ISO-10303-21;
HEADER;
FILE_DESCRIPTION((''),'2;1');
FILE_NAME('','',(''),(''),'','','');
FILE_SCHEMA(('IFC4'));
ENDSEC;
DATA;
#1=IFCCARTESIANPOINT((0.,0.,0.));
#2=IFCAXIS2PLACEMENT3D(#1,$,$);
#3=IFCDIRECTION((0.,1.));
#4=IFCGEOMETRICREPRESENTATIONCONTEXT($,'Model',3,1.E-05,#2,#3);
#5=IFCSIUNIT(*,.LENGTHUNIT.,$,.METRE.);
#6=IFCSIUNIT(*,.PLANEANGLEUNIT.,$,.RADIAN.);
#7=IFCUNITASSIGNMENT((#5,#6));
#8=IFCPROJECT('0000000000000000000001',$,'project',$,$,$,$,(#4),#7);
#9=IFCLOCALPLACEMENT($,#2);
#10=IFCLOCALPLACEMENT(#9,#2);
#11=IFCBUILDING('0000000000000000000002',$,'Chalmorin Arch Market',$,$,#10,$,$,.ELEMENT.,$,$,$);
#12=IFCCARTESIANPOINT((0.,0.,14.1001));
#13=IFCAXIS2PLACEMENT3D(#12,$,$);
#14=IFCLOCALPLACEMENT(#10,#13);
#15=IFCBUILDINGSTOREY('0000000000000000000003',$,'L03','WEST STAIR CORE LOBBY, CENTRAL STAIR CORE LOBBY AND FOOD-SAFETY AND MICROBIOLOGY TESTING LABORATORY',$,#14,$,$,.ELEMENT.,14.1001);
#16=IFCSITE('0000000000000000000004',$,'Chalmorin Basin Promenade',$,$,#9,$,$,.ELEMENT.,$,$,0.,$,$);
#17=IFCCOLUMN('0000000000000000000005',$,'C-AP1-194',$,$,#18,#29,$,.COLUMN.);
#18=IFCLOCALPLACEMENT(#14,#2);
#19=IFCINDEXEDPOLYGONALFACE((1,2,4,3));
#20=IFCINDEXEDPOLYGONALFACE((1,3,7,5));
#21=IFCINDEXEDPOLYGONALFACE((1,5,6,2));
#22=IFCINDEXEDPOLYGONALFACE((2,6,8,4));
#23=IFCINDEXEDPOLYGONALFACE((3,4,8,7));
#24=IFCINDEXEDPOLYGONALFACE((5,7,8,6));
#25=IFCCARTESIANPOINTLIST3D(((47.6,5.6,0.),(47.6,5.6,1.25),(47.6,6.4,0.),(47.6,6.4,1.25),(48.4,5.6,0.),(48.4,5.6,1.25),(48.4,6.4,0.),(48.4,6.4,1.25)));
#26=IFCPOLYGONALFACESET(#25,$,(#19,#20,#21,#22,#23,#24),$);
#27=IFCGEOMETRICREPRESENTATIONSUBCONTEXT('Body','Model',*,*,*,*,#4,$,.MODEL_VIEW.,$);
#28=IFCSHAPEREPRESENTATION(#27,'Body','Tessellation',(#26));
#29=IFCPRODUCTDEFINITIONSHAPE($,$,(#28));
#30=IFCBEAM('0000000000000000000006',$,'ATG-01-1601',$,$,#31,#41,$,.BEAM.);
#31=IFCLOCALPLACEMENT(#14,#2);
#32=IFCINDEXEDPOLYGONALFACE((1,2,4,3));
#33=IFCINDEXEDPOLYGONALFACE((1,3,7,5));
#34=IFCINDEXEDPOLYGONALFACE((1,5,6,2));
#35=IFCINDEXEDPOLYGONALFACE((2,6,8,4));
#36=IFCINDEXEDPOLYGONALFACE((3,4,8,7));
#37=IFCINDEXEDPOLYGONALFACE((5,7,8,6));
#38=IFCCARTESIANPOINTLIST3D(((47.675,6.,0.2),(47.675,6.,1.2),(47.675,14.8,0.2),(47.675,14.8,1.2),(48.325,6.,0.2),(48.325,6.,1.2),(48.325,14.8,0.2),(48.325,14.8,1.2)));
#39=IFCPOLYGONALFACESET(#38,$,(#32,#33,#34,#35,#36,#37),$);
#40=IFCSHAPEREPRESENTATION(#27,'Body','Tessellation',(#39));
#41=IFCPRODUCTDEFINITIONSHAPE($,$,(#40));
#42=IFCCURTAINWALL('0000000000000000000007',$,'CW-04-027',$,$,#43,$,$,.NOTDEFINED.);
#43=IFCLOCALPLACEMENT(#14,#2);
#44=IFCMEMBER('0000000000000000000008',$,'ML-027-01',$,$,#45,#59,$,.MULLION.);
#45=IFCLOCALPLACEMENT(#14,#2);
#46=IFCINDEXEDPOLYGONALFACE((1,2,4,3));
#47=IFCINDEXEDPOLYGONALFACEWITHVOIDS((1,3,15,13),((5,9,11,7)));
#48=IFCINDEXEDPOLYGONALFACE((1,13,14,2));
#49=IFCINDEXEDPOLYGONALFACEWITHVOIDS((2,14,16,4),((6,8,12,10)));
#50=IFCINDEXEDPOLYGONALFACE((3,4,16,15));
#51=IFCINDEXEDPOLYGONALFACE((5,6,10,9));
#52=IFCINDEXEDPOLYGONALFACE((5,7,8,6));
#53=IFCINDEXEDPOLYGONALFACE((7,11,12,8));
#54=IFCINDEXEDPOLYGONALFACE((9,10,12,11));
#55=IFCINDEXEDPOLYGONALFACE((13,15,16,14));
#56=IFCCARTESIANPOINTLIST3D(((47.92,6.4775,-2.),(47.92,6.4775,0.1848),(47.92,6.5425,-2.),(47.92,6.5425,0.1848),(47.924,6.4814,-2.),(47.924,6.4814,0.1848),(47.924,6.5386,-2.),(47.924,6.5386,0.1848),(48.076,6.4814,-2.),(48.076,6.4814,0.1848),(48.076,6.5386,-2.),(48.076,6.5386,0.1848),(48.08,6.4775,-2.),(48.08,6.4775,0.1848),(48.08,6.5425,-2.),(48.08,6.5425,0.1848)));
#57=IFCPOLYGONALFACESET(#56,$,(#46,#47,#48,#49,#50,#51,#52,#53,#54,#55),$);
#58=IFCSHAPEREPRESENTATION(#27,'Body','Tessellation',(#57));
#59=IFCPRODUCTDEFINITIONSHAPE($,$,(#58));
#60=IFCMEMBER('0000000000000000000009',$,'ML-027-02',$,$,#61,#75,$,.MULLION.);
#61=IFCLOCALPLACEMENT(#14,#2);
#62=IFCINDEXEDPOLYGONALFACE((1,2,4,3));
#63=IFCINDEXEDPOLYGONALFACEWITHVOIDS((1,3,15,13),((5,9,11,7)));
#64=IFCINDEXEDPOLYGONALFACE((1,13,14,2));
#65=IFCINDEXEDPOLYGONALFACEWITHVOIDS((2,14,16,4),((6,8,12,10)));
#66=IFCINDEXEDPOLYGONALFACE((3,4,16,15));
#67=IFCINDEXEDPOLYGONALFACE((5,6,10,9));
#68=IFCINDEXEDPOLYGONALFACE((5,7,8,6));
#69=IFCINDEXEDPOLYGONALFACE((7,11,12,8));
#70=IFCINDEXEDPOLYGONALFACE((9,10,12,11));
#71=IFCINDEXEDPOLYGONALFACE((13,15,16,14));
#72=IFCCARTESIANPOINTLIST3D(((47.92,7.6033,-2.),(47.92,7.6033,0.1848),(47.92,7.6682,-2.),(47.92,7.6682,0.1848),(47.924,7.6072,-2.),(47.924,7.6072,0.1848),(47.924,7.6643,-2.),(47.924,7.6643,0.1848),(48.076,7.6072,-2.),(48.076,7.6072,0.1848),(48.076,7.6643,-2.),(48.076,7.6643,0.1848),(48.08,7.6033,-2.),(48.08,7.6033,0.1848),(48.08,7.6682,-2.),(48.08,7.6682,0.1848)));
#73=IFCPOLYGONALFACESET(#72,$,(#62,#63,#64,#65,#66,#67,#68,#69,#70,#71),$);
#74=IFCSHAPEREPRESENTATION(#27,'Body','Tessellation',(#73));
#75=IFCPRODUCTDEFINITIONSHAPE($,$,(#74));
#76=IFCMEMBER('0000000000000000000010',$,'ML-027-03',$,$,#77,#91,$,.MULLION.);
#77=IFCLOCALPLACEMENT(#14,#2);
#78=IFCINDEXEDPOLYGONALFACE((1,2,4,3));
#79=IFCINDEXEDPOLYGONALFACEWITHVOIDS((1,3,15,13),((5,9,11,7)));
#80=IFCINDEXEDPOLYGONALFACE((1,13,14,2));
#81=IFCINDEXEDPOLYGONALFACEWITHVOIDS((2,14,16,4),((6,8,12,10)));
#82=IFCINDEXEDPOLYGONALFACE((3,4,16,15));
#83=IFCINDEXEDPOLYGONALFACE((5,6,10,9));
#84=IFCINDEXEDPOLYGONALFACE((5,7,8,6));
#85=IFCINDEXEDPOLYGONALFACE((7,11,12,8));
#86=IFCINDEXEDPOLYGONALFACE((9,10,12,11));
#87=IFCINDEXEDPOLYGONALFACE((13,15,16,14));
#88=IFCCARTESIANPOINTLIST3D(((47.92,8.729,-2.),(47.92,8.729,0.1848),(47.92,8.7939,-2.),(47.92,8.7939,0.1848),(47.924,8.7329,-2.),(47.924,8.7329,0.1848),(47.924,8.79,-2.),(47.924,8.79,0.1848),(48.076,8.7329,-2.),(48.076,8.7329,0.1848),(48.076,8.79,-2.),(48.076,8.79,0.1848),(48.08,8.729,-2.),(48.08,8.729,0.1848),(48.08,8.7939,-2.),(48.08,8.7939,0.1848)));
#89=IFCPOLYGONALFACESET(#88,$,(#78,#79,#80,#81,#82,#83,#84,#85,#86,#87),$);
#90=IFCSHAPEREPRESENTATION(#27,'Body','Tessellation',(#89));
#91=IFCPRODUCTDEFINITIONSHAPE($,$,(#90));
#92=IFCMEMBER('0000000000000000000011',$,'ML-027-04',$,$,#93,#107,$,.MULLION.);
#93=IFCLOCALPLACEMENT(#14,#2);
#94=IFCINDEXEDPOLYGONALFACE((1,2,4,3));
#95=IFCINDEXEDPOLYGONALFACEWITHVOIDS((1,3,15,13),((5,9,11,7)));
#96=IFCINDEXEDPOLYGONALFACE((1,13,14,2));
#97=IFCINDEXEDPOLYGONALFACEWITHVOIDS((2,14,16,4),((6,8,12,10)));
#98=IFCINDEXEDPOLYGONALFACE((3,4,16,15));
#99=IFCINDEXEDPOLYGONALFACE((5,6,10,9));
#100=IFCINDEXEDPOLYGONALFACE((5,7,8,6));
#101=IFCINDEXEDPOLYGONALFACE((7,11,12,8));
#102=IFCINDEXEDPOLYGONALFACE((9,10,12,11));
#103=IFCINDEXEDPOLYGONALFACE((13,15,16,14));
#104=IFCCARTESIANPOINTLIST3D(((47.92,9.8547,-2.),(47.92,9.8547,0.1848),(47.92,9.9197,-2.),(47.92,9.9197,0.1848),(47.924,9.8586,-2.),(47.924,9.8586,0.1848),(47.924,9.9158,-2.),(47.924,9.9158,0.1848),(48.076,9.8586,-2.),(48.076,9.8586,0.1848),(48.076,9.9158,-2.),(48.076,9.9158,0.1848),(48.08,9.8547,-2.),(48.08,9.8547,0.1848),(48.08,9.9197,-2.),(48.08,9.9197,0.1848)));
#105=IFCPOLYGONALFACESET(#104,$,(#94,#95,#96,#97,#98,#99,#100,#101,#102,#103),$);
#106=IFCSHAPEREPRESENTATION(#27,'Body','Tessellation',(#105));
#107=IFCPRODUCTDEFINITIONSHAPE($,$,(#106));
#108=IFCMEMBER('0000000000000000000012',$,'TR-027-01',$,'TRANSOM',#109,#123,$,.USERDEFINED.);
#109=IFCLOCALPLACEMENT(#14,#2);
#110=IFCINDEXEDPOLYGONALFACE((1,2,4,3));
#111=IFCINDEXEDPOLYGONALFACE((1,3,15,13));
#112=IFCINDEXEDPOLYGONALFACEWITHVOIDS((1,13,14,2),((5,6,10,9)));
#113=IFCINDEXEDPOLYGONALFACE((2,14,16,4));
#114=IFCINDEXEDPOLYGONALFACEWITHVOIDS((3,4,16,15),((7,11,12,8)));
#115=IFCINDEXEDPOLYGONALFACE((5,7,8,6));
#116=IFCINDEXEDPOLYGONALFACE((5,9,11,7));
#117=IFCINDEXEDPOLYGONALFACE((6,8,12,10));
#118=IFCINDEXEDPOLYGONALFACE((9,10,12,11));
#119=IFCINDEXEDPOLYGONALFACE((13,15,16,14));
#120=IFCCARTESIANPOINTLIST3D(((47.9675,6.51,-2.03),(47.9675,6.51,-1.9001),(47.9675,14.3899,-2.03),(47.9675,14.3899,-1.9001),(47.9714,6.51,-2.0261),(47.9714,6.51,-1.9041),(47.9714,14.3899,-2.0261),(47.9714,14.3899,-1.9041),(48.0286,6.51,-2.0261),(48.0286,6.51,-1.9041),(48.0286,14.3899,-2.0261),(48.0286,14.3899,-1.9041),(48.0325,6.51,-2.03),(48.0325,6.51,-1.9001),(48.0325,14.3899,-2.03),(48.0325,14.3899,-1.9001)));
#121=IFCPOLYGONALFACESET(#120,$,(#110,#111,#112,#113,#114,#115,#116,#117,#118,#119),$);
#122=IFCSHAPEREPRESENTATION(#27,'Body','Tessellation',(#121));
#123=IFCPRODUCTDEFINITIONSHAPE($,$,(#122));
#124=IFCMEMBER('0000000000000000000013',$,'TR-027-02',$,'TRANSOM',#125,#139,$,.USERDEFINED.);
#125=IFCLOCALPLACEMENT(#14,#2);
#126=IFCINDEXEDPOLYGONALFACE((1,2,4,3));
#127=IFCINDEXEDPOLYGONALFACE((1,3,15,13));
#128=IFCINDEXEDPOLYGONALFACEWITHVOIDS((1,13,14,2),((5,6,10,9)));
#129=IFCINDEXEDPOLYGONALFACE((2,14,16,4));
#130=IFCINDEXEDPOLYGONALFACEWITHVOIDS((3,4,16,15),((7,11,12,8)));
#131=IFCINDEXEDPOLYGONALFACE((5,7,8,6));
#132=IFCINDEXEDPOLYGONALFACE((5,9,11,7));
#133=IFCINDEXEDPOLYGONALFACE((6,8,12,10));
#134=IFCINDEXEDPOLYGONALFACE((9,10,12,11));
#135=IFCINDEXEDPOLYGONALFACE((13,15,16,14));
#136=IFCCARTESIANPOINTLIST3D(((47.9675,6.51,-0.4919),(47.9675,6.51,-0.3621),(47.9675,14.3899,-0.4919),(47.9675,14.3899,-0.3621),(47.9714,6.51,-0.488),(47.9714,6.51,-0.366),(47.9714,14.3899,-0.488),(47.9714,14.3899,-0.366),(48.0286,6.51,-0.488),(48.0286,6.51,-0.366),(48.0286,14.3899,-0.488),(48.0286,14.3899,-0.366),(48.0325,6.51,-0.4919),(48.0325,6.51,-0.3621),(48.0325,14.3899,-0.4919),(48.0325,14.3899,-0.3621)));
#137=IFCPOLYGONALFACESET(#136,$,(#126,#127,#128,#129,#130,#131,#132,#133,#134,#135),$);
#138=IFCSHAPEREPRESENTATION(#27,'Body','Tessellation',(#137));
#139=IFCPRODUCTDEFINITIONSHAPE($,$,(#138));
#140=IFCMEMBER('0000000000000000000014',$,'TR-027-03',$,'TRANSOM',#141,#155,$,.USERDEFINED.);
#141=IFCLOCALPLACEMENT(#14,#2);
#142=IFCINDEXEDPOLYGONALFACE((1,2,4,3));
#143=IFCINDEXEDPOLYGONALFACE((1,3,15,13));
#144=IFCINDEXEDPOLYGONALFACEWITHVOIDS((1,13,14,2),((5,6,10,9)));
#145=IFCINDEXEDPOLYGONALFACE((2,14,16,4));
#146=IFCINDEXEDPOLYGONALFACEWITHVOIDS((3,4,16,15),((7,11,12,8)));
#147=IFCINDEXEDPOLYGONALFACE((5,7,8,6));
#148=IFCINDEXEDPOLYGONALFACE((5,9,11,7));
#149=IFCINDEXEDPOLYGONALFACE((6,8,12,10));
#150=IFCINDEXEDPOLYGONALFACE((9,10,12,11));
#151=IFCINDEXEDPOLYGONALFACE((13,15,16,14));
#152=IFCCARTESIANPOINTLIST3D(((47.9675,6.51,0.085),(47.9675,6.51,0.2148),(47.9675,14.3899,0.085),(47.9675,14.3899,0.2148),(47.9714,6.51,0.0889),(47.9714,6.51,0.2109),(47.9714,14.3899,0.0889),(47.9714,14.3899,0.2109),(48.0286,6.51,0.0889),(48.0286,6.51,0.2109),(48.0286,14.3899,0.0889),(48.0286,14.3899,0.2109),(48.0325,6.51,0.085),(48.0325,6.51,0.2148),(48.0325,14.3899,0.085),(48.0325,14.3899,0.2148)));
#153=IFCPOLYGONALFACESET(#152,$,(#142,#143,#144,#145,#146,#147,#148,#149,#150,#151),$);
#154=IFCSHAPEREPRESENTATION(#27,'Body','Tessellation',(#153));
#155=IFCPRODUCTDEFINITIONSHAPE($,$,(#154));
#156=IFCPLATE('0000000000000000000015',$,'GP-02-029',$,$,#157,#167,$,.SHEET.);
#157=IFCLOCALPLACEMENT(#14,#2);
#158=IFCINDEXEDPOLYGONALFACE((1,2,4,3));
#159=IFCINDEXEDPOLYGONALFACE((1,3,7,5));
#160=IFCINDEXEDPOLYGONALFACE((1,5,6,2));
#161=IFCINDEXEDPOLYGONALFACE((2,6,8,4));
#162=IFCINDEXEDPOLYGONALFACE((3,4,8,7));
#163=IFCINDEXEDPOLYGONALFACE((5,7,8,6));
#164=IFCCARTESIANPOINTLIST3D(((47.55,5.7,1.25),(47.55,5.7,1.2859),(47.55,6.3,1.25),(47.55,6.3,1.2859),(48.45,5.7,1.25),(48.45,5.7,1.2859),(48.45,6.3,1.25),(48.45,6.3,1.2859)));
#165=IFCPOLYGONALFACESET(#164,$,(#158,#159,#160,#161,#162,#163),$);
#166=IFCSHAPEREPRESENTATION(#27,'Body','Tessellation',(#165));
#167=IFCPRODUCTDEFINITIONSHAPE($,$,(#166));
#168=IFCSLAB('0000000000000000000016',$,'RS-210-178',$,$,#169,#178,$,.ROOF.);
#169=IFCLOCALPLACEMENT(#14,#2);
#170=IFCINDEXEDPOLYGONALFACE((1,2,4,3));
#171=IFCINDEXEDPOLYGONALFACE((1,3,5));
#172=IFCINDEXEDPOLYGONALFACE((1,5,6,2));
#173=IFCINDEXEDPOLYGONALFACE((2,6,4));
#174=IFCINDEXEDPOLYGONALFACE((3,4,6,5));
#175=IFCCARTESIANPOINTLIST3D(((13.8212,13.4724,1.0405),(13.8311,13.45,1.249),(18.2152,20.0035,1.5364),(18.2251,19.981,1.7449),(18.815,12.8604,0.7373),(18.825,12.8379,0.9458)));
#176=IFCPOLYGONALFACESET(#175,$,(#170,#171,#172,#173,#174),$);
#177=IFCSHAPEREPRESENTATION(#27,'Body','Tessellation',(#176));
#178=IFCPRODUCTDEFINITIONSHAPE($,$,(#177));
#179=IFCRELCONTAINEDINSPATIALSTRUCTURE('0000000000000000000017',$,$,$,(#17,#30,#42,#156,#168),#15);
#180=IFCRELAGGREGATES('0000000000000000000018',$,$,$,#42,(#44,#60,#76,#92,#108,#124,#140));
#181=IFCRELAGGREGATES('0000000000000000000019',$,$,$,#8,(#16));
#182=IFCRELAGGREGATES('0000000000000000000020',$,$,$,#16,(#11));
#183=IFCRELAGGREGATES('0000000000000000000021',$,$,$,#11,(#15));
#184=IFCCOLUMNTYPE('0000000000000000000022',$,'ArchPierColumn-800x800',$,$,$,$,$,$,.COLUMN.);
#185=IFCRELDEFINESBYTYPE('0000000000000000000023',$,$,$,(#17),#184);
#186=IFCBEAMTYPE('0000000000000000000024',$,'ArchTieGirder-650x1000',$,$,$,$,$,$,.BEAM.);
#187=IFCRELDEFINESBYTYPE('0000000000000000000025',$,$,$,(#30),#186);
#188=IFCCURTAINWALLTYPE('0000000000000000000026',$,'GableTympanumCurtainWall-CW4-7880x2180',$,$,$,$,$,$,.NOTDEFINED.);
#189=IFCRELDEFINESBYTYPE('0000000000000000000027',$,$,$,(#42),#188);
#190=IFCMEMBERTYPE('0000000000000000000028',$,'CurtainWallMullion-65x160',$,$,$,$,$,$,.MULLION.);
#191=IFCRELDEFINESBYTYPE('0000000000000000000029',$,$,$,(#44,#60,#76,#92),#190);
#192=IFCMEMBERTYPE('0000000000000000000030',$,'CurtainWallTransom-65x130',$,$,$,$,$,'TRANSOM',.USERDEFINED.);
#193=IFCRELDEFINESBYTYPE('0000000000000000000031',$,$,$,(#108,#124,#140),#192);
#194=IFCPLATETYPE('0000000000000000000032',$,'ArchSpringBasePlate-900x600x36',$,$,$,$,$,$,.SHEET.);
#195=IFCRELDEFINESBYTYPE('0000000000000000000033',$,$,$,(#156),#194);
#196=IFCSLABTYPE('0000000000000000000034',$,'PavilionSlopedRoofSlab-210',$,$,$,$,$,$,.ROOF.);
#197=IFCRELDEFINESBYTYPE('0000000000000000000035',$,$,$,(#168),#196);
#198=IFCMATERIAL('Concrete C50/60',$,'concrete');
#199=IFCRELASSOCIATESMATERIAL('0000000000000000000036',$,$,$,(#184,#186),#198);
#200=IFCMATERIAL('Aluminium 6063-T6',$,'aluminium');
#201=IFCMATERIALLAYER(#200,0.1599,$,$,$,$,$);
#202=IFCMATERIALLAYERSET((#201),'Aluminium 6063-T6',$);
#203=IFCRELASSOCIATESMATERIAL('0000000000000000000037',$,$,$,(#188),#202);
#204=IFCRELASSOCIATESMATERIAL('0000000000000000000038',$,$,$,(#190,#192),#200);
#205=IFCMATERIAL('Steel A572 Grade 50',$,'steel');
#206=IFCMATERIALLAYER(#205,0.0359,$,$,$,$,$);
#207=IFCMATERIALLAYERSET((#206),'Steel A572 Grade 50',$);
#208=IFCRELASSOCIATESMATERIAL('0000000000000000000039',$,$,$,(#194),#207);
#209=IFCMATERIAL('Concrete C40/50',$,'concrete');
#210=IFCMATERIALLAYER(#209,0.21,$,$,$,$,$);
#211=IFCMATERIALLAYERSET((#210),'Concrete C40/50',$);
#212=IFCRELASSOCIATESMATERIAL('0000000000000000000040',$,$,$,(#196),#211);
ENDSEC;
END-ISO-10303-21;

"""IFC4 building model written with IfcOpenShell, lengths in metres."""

from ifc_helpers import new_model, si_unit, direction, frame, origin, origin_2d, place, context, subcontext, project, spatial, polyline, rectangle, hollow_rectangle, outline, extrude, material, layer, layer_set, material_profile, profile_set, type_object, element, aggregate, save


model = new_model("IFC4")

# Units and contexts
model_context = context("Model", 3, precision=1e-05, world=origin(), true_north=direction((0.0, 1.0)))
body_context = subcontext(model_context, "Body", "Model", "MODEL_VIEW")
ifc_project = project(units=[si_unit("LENGTHUNIT", "METRE"), si_unit("PLANEANGLEUNIT", "RADIAN")], contexts=[model_context])

# Site, building, storey
site_placement = place(None, origin())
site = spatial("IfcSite", under=ifc_project, at=site_placement, Name="Chalmorin Basin Promenade", CompositionType="ELEMENT", RefElevation=0.0)
building_placement = place(site_placement, origin())
building = spatial("IfcBuilding", under=site, at=building_placement, Name="Chalmorin Arch Market", CompositionType="ELEMENT")
storey_placement = place(building_placement, frame((0.0, 0.0, 14.1001)))
storey = spatial("IfcBuildingStorey", under=building, at=storey_placement, Name="L03", Description="WEST STAIR CORE LOBBY, CENTRAL STAIR CORE LOBBY AND FOOD-SAFETY AND MICROBIOLOGY TESTING LABORATORY", CompositionType="ELEMENT", Elevation=14.1001)

# Column
ifc_material_1 = material(Name="Concrete C50/60", Category="concrete")
ifc_material_profile_1 = material_profile(ifc_material_1, rectangle(XDim=0.8, YDim=0.8, at=origin_2d()), Name="RC800X800")
ifc_profile_set_1 = profile_set([ifc_material_profile_1], Name="Concrete C50/60")
column_type = type_object("IfcColumnType", Name="ArchPierColumn-800x800", PredefinedType="COLUMN", material=ifc_profile_set_1)
column_placement = place(storey_placement, frame((48.0, 6.0, 0.0), z_axis=(0.0, 0.0, 1.0), x_axis=(1.0, 0.0, 0.0)))
element("IfcColumn", 1, at=column_placement, inside=storey, type_object=column_type, Name="C-AP1-194", PredefinedType="COLUMN", context=body_context, shape_type="SweptSolid", body=[
    extrude(rectangle(XDim=0.8, YDim=0.8, at=origin_2d()), origin(), (0.0, 0.0, 1.0), 1.25),
])

# Beam
ifc_material_profile_2 = material_profile(ifc_material_1, rectangle(XDim=0.6499, YDim=1.0, at=origin_2d()), Name="RC650X1000")
ifc_profile_set_2 = profile_set([ifc_material_profile_2], Name="Concrete C50/60")
beam_type = type_object("IfcBeamType", Name="ArchTieGirder-650x1000", PredefinedType="BEAM", material=ifc_profile_set_2)
beam_placement = place(storey_placement, frame((48.0, 6.0, 0.7), z_axis=(0.0, 1.0, 0.0), x_axis=(-1.0, 0.0, 0.0)))
element("IfcBeam", 2, at=beam_placement, inside=storey, type_object=beam_type, Name="ATG-01-1601", PredefinedType="BEAM", context=body_context, shape_type="SweptSolid", body=[
    extrude(rectangle(XDim=0.6499, YDim=1.0, at=origin_2d()), origin(), (0.0, 0.0, 1.0), 8.8),
])

# Curtain wall, members
ifc_material_2 = material(Name="Aluminium 6063-T6", Category="aluminium")
ifc_layer_1 = layer(ifc_material_2, 0.1599)
ifc_layer_set_1 = layer_set([ifc_layer_1], Name="Aluminium 6063-T6")
curtain_wall_type = type_object("IfcCurtainWallType", Name="GableTympanumCurtainWall-CW4-7880x2180", PredefinedType="NOTDEFINED", material=ifc_layer_set_1)
curtain_wall_placement = place(storey_placement, origin())
curtain_wall = element("IfcCurtainWall", 3, at=curtain_wall_placement, inside=storey, type_object=curtain_wall_type, Name="CW-04-027", PredefinedType="NOTDEFINED")
ifc_material_profile_3 = material_profile(ifc_material_2, hollow_rectangle(XDim=0.0649, YDim=0.1599, WallThickness=0.0039, at=origin_2d()), Name="ALU65X160X4")
ifc_profile_set_3 = profile_set([ifc_material_profile_3], Name="Aluminium 6063-T6")
member_type_1 = type_object("IfcMemberType", Name="CurtainWallMullion-65x160", PredefinedType="MULLION", material=ifc_profile_set_3)
member_1_placement = place(storey_placement, frame((48.0, 6.51, -2.0), z_axis=(0.0, 0.0, 1.0), x_axis=(0.0, 1.0, 0.0)))
member_1 = element("IfcMember", 4, at=member_1_placement, type_object=member_type_1, Name="ML-027-01", PredefinedType="MULLION", context=body_context, shape_type="SweptSolid", body=[
    extrude(hollow_rectangle(XDim=0.0649, YDim=0.1599, WallThickness=0.0039, at=origin_2d()), origin(), (0.0, 0.0, 1.0), 2.1848),
])
member_2_placement = place(storey_placement, frame((48.0, 7.6357, -2.0), z_axis=(0.0, 0.0, 1.0), x_axis=(0.0, 1.0, 0.0)))
member_2 = element("IfcMember", 5, at=member_2_placement, type_object=member_type_1, Name="ML-027-02", PredefinedType="MULLION", context=body_context, shape_type="SweptSolid", body=[
    extrude(hollow_rectangle(XDim=0.0649, YDim=0.1599, WallThickness=0.0039, at=origin_2d()), origin(), (0.0, 0.0, 1.0), 2.1848),
])
member_3_placement = place(storey_placement, frame((48.0, 8.7615, -2.0), z_axis=(0.0, 0.0, 1.0), x_axis=(0.0, 1.0, 0.0)))
member_3 = element("IfcMember", 6, at=member_3_placement, type_object=member_type_1, Name="ML-027-03", PredefinedType="MULLION", context=body_context, shape_type="SweptSolid", body=[
    extrude(hollow_rectangle(XDim=0.0649, YDim=0.1599, WallThickness=0.0039, at=origin_2d()), origin(), (0.0, 0.0, 1.0), 2.1848),
])
member_4_placement = place(storey_placement, frame((48.0, 9.8872, -2.0), z_axis=(0.0, 0.0, 1.0), x_axis=(0.0, 1.0, 0.0)))
member_4 = element("IfcMember", 7, at=member_4_placement, type_object=member_type_1, Name="ML-027-04", PredefinedType="MULLION", context=body_context, shape_type="SweptSolid", body=[
    extrude(hollow_rectangle(XDim=0.0649, YDim=0.1599, WallThickness=0.0039, at=origin_2d()), origin(), (0.0, 0.0, 1.0), 2.1848),
])
ifc_material_profile_4 = material_profile(ifc_material_2, hollow_rectangle(XDim=0.0649, YDim=0.1299, WallThickness=0.0039, at=origin_2d()), Name="ALU65X130X4")
ifc_profile_set_4 = profile_set([ifc_material_profile_4], Name="Aluminium 6063-T6")
member_type_2 = type_object("IfcMemberType", Name="CurtainWallTransom-65x130", ElementType="TRANSOM", PredefinedType="USERDEFINED", material=ifc_profile_set_4)
member_5_placement = place(storey_placement, frame((48.0, 6.51, -1.9651), z_axis=(0.0, 1.0, 0.0), x_axis=(-1.0, 0.0, 0.0)))
member_5 = element("IfcMember", 8, at=member_5_placement, type_object=member_type_2, Name="TR-027-01", ObjectType="TRANSOM", PredefinedType="USERDEFINED", context=body_context, shape_type="SweptSolid", body=[
    extrude(hollow_rectangle(XDim=0.0649, YDim=0.1299, WallThickness=0.0039, at=origin_2d()), origin(), (0.0, 0.0, 1.0), 7.8799),
])
member_6_placement = place(storey_placement, frame((48.0, 6.51, -0.427), z_axis=(0.0, 1.0, 0.0), x_axis=(-1.0, 0.0, 0.0)))
member_6 = element("IfcMember", 9, at=member_6_placement, type_object=member_type_2, Name="TR-027-02", ObjectType="TRANSOM", PredefinedType="USERDEFINED", context=body_context, shape_type="SweptSolid", body=[
    extrude(hollow_rectangle(XDim=0.0649, YDim=0.1299, WallThickness=0.0039, at=origin_2d()), origin(), (0.0, 0.0, 1.0), 7.8799),
])
member_7_placement = place(storey_placement, frame((48.0, 6.51, 0.1499), z_axis=(0.0, 1.0, 0.0), x_axis=(-1.0, 0.0, 0.0)))
member_7 = element("IfcMember", 10, at=member_7_placement, type_object=member_type_2, Name="TR-027-03", ObjectType="TRANSOM", PredefinedType="USERDEFINED", context=body_context, shape_type="SweptSolid", body=[
    extrude(hollow_rectangle(XDim=0.0649, YDim=0.1299, WallThickness=0.0039, at=origin_2d()), origin(), (0.0, 0.0, 1.0), 7.8799),
])

# Plate
ifc_material_3 = material(Name="Steel A572 Grade 50", Category="steel")
ifc_layer_2 = layer(ifc_material_3, 0.0359)
ifc_layer_set_2 = layer_set([ifc_layer_2], Name="Steel A572 Grade 50")
plate_type_1 = type_object("IfcPlateType", Name="ArchSpringBasePlate-900x600x36", PredefinedType="SHEET", material=ifc_layer_set_2)
plate_1_placement = place(storey_placement, frame((48.0, 6.0, 1.25), z_axis=(0.0, 0.0, 1.0), x_axis=(1.0, 0.0, 0.0)))
element("IfcPlate", 11, at=plate_1_placement, inside=storey, type_object=plate_type_1, Name="GP-02-029", PredefinedType="SHEET", context=body_context, shape_type="SweptSolid", body=[
    extrude(rectangle(XDim=0.8999, YDim=0.6001, at=origin_2d()), origin(), (0.0, 0.0, 1.0), 0.0359),
])

# Slab
ifc_material_4 = material(Name="Concrete C40/50", Category="concrete")
ifc_layer_3 = layer(ifc_material_4, 0.21)
ifc_layer_set_3 = layer_set([ifc_layer_3], Name="Concrete C40/50")
slab_type = type_object("IfcSlabType", Name="PavilionSlopedRoofSlab-210", PredefinedType="ROOF", material=ifc_layer_set_3)
slab_1_placement = place(storey_placement, frame((13.8311, 13.45, 1.249), z_axis=(0.04717, -0.107136, 0.993125), x_axis=(0.990775, -0.121431, -0.060159)))
element("IfcSlab", 12, at=slab_1_placement, inside=storey, type_object=slab_type, Name="RS-210-178", PredefinedType="ROOF", context=body_context, shape_type="SweptSolid", body=[
    extrude(outline(polyline([(0.0, 0.0), (5.0404, 0.0), (3.5306, 7.0528), (0.0, 0.0)])), origin(), (0.0, 0.0, -1.0), 0.21),
])

aggregate(curtain_wall, [member_1, member_2, member_3, member_4, member_5, member_6, member_7])

save(model, "model.ifc")
